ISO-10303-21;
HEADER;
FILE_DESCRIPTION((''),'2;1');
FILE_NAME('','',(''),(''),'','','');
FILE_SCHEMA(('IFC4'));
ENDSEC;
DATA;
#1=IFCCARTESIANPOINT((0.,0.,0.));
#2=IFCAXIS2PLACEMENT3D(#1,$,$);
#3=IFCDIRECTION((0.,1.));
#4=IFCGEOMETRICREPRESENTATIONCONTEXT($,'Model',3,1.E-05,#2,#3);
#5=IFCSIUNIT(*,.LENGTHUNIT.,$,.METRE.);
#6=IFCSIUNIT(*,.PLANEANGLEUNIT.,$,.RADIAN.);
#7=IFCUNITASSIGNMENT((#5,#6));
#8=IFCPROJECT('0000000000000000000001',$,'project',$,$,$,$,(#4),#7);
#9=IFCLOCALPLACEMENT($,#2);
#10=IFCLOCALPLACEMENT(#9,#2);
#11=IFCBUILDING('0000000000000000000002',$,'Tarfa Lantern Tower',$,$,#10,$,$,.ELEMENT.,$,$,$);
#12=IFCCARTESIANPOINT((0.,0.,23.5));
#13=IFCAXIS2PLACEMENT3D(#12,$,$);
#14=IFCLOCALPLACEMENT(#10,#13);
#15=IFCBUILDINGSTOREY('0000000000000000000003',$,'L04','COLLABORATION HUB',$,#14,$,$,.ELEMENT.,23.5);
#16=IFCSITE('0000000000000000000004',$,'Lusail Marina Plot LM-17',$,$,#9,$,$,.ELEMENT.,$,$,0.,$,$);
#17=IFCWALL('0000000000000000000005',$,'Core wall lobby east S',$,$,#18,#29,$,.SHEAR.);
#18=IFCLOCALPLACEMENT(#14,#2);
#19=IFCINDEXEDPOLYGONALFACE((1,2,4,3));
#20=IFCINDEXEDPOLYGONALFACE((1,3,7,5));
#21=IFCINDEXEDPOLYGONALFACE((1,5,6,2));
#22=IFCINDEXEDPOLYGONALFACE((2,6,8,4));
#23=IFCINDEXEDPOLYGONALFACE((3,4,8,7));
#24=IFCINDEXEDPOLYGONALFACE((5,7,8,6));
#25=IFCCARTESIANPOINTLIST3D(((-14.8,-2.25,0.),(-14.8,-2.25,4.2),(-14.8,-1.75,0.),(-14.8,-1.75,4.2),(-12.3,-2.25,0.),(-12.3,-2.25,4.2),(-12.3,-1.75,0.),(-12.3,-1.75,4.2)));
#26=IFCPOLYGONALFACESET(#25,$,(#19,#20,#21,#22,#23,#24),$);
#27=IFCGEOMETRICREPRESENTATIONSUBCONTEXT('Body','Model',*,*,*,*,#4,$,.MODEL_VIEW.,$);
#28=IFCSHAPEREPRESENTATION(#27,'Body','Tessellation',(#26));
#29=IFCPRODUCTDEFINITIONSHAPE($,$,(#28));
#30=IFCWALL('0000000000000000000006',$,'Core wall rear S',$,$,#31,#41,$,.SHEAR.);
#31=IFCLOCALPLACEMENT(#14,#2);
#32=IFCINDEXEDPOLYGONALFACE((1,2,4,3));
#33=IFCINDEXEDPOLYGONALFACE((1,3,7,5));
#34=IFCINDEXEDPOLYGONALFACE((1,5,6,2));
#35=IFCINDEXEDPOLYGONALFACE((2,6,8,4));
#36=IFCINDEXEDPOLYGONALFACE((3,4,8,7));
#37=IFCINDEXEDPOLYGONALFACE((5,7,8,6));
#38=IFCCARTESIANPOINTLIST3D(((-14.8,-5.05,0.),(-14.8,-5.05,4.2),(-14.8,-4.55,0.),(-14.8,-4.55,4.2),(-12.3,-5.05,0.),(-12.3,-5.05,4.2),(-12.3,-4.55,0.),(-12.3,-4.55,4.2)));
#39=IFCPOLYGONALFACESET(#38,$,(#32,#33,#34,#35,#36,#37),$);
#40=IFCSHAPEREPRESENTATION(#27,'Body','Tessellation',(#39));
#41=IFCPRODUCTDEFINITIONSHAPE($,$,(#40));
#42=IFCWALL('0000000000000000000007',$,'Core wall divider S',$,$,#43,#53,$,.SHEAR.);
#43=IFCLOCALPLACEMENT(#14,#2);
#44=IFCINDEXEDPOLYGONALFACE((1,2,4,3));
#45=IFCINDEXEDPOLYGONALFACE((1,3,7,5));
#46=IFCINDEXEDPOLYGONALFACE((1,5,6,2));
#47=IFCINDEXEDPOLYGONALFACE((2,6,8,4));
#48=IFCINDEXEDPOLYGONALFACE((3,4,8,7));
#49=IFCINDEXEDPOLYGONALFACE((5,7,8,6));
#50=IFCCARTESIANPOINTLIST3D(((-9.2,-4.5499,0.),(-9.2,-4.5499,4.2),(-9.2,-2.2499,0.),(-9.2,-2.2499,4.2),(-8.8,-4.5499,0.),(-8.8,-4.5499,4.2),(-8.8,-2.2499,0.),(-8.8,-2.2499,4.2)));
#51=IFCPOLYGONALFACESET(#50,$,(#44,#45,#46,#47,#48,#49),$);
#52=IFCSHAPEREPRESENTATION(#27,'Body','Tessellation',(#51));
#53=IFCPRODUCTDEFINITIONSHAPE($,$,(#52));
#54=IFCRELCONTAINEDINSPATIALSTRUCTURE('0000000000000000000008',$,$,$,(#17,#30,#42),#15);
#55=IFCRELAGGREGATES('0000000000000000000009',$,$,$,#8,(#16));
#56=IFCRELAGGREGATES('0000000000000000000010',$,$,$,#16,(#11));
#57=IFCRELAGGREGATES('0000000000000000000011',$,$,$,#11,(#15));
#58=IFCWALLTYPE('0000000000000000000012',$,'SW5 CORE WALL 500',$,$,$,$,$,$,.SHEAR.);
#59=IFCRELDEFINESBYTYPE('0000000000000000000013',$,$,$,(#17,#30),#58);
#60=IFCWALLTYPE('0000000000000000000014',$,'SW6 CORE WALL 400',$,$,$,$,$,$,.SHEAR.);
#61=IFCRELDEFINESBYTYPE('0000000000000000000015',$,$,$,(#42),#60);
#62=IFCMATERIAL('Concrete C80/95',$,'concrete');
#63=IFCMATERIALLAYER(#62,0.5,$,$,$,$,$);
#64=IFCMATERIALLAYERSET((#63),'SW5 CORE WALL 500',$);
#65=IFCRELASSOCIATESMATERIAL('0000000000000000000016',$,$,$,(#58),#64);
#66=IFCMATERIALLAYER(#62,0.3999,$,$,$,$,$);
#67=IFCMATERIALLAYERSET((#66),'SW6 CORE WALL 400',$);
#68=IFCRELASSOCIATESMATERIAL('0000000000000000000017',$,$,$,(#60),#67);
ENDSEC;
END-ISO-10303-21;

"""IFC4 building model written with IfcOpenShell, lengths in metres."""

from ifc_helpers import new_model, si_unit, direction, frame, frame_2d, origin, place, context, subcontext, project, spatial, rectangle, extrude, material, layer, layer_set, type_object, element, save


model = new_model("IFC4")

# Units and contexts
model_context = context("Model", 3, precision=1e-05, world=origin(), true_north=direction((0.0, 1.0)))
body_context = subcontext(model_context, "Body", "Model", "MODEL_VIEW")
ifc_project = project(units=[si_unit("LENGTHUNIT", "METRE"), si_unit("PLANEANGLEUNIT", "RADIAN")], contexts=[model_context])

# Site, building, storey
site_placement = place(None, origin())
site = spatial("IfcSite", under=ifc_project, at=site_placement, Name="Lusail Marina Plot LM-17", CompositionType="ELEMENT", RefElevation=0.0)
building_placement = place(site_placement, origin())
building = spatial("IfcBuilding", under=site, at=building_placement, Name="Tarfa Lantern Tower", CompositionType="ELEMENT")
storey_placement = place(building_placement, frame((0.0, 0.0, 23.5)))
storey = spatial("IfcBuildingStorey", under=building, at=storey_placement, Name="L04", Description="COLLABORATION HUB", CompositionType="ELEMENT", Elevation=23.5)

# Walls
ifc_material_1 = material(Name="Concrete C80/95", Category="concrete")
ifc_layer_1 = layer(ifc_material_1, 0.5)
ifc_layer_set_1 = layer_set([ifc_layer_1], Name="SW5 CORE WALL 500")
wall_type_1 = type_object("IfcWallType", Name="SW5 CORE WALL 500", PredefinedType="SHEAR", material=ifc_layer_set_1)
for number, where, z_axis, x_axis, name in (
    (1, (-12.3, -2.0, 0.0), (0.0, 0.0, 1.0), (-1.0, 0.0, 0.0), "Core wall lobby east S"),
    (2, (-12.3, -4.8, 0.0), (0.0, 0.0, 1.0), (-1.0, 0.0, 0.0), "Core wall rear S"),
):
    element("IfcWall", number, at=place(storey_placement, frame(where, z_axis=z_axis, x_axis=x_axis)), inside=storey, type_object=wall_type_1, Name=name, PredefinedType="SHEAR", context=body_context, shape_type="SweptSolid", body=[
        extrude(rectangle(XDim=2.5, YDim=0.5, at=frame_2d((1.25, 0.0))), origin(), (0.0, 0.0, 1.0), 4.2),
    ])
ifc_layer_2 = layer(ifc_material_1, 0.3999)
ifc_layer_set_2 = layer_set([ifc_layer_2], Name="SW6 CORE WALL 400")
wall_type_2 = type_object("IfcWallType", Name="SW6 CORE WALL 400", PredefinedType="SHEAR", material=ifc_layer_set_2)
wall_1_placement = place(storey_placement, frame((-9.0, -2.25, 0.0), z_axis=(0.0, 0.0, 1.0), x_axis=(0.0, -1.0, 0.0)))
element("IfcWall", 3, at=wall_1_placement, inside=storey, type_object=wall_type_2, Name="Core wall divider S", PredefinedType="SHEAR", context=body_context, shape_type="SweptSolid", body=[
    extrude(rectangle(XDim=2.3, YDim=0.3999, at=frame_2d((1.1499, 0.0))), origin(), (0.0, 0.0, 1.0), 4.2),
])

save(model, "model.ifc")
